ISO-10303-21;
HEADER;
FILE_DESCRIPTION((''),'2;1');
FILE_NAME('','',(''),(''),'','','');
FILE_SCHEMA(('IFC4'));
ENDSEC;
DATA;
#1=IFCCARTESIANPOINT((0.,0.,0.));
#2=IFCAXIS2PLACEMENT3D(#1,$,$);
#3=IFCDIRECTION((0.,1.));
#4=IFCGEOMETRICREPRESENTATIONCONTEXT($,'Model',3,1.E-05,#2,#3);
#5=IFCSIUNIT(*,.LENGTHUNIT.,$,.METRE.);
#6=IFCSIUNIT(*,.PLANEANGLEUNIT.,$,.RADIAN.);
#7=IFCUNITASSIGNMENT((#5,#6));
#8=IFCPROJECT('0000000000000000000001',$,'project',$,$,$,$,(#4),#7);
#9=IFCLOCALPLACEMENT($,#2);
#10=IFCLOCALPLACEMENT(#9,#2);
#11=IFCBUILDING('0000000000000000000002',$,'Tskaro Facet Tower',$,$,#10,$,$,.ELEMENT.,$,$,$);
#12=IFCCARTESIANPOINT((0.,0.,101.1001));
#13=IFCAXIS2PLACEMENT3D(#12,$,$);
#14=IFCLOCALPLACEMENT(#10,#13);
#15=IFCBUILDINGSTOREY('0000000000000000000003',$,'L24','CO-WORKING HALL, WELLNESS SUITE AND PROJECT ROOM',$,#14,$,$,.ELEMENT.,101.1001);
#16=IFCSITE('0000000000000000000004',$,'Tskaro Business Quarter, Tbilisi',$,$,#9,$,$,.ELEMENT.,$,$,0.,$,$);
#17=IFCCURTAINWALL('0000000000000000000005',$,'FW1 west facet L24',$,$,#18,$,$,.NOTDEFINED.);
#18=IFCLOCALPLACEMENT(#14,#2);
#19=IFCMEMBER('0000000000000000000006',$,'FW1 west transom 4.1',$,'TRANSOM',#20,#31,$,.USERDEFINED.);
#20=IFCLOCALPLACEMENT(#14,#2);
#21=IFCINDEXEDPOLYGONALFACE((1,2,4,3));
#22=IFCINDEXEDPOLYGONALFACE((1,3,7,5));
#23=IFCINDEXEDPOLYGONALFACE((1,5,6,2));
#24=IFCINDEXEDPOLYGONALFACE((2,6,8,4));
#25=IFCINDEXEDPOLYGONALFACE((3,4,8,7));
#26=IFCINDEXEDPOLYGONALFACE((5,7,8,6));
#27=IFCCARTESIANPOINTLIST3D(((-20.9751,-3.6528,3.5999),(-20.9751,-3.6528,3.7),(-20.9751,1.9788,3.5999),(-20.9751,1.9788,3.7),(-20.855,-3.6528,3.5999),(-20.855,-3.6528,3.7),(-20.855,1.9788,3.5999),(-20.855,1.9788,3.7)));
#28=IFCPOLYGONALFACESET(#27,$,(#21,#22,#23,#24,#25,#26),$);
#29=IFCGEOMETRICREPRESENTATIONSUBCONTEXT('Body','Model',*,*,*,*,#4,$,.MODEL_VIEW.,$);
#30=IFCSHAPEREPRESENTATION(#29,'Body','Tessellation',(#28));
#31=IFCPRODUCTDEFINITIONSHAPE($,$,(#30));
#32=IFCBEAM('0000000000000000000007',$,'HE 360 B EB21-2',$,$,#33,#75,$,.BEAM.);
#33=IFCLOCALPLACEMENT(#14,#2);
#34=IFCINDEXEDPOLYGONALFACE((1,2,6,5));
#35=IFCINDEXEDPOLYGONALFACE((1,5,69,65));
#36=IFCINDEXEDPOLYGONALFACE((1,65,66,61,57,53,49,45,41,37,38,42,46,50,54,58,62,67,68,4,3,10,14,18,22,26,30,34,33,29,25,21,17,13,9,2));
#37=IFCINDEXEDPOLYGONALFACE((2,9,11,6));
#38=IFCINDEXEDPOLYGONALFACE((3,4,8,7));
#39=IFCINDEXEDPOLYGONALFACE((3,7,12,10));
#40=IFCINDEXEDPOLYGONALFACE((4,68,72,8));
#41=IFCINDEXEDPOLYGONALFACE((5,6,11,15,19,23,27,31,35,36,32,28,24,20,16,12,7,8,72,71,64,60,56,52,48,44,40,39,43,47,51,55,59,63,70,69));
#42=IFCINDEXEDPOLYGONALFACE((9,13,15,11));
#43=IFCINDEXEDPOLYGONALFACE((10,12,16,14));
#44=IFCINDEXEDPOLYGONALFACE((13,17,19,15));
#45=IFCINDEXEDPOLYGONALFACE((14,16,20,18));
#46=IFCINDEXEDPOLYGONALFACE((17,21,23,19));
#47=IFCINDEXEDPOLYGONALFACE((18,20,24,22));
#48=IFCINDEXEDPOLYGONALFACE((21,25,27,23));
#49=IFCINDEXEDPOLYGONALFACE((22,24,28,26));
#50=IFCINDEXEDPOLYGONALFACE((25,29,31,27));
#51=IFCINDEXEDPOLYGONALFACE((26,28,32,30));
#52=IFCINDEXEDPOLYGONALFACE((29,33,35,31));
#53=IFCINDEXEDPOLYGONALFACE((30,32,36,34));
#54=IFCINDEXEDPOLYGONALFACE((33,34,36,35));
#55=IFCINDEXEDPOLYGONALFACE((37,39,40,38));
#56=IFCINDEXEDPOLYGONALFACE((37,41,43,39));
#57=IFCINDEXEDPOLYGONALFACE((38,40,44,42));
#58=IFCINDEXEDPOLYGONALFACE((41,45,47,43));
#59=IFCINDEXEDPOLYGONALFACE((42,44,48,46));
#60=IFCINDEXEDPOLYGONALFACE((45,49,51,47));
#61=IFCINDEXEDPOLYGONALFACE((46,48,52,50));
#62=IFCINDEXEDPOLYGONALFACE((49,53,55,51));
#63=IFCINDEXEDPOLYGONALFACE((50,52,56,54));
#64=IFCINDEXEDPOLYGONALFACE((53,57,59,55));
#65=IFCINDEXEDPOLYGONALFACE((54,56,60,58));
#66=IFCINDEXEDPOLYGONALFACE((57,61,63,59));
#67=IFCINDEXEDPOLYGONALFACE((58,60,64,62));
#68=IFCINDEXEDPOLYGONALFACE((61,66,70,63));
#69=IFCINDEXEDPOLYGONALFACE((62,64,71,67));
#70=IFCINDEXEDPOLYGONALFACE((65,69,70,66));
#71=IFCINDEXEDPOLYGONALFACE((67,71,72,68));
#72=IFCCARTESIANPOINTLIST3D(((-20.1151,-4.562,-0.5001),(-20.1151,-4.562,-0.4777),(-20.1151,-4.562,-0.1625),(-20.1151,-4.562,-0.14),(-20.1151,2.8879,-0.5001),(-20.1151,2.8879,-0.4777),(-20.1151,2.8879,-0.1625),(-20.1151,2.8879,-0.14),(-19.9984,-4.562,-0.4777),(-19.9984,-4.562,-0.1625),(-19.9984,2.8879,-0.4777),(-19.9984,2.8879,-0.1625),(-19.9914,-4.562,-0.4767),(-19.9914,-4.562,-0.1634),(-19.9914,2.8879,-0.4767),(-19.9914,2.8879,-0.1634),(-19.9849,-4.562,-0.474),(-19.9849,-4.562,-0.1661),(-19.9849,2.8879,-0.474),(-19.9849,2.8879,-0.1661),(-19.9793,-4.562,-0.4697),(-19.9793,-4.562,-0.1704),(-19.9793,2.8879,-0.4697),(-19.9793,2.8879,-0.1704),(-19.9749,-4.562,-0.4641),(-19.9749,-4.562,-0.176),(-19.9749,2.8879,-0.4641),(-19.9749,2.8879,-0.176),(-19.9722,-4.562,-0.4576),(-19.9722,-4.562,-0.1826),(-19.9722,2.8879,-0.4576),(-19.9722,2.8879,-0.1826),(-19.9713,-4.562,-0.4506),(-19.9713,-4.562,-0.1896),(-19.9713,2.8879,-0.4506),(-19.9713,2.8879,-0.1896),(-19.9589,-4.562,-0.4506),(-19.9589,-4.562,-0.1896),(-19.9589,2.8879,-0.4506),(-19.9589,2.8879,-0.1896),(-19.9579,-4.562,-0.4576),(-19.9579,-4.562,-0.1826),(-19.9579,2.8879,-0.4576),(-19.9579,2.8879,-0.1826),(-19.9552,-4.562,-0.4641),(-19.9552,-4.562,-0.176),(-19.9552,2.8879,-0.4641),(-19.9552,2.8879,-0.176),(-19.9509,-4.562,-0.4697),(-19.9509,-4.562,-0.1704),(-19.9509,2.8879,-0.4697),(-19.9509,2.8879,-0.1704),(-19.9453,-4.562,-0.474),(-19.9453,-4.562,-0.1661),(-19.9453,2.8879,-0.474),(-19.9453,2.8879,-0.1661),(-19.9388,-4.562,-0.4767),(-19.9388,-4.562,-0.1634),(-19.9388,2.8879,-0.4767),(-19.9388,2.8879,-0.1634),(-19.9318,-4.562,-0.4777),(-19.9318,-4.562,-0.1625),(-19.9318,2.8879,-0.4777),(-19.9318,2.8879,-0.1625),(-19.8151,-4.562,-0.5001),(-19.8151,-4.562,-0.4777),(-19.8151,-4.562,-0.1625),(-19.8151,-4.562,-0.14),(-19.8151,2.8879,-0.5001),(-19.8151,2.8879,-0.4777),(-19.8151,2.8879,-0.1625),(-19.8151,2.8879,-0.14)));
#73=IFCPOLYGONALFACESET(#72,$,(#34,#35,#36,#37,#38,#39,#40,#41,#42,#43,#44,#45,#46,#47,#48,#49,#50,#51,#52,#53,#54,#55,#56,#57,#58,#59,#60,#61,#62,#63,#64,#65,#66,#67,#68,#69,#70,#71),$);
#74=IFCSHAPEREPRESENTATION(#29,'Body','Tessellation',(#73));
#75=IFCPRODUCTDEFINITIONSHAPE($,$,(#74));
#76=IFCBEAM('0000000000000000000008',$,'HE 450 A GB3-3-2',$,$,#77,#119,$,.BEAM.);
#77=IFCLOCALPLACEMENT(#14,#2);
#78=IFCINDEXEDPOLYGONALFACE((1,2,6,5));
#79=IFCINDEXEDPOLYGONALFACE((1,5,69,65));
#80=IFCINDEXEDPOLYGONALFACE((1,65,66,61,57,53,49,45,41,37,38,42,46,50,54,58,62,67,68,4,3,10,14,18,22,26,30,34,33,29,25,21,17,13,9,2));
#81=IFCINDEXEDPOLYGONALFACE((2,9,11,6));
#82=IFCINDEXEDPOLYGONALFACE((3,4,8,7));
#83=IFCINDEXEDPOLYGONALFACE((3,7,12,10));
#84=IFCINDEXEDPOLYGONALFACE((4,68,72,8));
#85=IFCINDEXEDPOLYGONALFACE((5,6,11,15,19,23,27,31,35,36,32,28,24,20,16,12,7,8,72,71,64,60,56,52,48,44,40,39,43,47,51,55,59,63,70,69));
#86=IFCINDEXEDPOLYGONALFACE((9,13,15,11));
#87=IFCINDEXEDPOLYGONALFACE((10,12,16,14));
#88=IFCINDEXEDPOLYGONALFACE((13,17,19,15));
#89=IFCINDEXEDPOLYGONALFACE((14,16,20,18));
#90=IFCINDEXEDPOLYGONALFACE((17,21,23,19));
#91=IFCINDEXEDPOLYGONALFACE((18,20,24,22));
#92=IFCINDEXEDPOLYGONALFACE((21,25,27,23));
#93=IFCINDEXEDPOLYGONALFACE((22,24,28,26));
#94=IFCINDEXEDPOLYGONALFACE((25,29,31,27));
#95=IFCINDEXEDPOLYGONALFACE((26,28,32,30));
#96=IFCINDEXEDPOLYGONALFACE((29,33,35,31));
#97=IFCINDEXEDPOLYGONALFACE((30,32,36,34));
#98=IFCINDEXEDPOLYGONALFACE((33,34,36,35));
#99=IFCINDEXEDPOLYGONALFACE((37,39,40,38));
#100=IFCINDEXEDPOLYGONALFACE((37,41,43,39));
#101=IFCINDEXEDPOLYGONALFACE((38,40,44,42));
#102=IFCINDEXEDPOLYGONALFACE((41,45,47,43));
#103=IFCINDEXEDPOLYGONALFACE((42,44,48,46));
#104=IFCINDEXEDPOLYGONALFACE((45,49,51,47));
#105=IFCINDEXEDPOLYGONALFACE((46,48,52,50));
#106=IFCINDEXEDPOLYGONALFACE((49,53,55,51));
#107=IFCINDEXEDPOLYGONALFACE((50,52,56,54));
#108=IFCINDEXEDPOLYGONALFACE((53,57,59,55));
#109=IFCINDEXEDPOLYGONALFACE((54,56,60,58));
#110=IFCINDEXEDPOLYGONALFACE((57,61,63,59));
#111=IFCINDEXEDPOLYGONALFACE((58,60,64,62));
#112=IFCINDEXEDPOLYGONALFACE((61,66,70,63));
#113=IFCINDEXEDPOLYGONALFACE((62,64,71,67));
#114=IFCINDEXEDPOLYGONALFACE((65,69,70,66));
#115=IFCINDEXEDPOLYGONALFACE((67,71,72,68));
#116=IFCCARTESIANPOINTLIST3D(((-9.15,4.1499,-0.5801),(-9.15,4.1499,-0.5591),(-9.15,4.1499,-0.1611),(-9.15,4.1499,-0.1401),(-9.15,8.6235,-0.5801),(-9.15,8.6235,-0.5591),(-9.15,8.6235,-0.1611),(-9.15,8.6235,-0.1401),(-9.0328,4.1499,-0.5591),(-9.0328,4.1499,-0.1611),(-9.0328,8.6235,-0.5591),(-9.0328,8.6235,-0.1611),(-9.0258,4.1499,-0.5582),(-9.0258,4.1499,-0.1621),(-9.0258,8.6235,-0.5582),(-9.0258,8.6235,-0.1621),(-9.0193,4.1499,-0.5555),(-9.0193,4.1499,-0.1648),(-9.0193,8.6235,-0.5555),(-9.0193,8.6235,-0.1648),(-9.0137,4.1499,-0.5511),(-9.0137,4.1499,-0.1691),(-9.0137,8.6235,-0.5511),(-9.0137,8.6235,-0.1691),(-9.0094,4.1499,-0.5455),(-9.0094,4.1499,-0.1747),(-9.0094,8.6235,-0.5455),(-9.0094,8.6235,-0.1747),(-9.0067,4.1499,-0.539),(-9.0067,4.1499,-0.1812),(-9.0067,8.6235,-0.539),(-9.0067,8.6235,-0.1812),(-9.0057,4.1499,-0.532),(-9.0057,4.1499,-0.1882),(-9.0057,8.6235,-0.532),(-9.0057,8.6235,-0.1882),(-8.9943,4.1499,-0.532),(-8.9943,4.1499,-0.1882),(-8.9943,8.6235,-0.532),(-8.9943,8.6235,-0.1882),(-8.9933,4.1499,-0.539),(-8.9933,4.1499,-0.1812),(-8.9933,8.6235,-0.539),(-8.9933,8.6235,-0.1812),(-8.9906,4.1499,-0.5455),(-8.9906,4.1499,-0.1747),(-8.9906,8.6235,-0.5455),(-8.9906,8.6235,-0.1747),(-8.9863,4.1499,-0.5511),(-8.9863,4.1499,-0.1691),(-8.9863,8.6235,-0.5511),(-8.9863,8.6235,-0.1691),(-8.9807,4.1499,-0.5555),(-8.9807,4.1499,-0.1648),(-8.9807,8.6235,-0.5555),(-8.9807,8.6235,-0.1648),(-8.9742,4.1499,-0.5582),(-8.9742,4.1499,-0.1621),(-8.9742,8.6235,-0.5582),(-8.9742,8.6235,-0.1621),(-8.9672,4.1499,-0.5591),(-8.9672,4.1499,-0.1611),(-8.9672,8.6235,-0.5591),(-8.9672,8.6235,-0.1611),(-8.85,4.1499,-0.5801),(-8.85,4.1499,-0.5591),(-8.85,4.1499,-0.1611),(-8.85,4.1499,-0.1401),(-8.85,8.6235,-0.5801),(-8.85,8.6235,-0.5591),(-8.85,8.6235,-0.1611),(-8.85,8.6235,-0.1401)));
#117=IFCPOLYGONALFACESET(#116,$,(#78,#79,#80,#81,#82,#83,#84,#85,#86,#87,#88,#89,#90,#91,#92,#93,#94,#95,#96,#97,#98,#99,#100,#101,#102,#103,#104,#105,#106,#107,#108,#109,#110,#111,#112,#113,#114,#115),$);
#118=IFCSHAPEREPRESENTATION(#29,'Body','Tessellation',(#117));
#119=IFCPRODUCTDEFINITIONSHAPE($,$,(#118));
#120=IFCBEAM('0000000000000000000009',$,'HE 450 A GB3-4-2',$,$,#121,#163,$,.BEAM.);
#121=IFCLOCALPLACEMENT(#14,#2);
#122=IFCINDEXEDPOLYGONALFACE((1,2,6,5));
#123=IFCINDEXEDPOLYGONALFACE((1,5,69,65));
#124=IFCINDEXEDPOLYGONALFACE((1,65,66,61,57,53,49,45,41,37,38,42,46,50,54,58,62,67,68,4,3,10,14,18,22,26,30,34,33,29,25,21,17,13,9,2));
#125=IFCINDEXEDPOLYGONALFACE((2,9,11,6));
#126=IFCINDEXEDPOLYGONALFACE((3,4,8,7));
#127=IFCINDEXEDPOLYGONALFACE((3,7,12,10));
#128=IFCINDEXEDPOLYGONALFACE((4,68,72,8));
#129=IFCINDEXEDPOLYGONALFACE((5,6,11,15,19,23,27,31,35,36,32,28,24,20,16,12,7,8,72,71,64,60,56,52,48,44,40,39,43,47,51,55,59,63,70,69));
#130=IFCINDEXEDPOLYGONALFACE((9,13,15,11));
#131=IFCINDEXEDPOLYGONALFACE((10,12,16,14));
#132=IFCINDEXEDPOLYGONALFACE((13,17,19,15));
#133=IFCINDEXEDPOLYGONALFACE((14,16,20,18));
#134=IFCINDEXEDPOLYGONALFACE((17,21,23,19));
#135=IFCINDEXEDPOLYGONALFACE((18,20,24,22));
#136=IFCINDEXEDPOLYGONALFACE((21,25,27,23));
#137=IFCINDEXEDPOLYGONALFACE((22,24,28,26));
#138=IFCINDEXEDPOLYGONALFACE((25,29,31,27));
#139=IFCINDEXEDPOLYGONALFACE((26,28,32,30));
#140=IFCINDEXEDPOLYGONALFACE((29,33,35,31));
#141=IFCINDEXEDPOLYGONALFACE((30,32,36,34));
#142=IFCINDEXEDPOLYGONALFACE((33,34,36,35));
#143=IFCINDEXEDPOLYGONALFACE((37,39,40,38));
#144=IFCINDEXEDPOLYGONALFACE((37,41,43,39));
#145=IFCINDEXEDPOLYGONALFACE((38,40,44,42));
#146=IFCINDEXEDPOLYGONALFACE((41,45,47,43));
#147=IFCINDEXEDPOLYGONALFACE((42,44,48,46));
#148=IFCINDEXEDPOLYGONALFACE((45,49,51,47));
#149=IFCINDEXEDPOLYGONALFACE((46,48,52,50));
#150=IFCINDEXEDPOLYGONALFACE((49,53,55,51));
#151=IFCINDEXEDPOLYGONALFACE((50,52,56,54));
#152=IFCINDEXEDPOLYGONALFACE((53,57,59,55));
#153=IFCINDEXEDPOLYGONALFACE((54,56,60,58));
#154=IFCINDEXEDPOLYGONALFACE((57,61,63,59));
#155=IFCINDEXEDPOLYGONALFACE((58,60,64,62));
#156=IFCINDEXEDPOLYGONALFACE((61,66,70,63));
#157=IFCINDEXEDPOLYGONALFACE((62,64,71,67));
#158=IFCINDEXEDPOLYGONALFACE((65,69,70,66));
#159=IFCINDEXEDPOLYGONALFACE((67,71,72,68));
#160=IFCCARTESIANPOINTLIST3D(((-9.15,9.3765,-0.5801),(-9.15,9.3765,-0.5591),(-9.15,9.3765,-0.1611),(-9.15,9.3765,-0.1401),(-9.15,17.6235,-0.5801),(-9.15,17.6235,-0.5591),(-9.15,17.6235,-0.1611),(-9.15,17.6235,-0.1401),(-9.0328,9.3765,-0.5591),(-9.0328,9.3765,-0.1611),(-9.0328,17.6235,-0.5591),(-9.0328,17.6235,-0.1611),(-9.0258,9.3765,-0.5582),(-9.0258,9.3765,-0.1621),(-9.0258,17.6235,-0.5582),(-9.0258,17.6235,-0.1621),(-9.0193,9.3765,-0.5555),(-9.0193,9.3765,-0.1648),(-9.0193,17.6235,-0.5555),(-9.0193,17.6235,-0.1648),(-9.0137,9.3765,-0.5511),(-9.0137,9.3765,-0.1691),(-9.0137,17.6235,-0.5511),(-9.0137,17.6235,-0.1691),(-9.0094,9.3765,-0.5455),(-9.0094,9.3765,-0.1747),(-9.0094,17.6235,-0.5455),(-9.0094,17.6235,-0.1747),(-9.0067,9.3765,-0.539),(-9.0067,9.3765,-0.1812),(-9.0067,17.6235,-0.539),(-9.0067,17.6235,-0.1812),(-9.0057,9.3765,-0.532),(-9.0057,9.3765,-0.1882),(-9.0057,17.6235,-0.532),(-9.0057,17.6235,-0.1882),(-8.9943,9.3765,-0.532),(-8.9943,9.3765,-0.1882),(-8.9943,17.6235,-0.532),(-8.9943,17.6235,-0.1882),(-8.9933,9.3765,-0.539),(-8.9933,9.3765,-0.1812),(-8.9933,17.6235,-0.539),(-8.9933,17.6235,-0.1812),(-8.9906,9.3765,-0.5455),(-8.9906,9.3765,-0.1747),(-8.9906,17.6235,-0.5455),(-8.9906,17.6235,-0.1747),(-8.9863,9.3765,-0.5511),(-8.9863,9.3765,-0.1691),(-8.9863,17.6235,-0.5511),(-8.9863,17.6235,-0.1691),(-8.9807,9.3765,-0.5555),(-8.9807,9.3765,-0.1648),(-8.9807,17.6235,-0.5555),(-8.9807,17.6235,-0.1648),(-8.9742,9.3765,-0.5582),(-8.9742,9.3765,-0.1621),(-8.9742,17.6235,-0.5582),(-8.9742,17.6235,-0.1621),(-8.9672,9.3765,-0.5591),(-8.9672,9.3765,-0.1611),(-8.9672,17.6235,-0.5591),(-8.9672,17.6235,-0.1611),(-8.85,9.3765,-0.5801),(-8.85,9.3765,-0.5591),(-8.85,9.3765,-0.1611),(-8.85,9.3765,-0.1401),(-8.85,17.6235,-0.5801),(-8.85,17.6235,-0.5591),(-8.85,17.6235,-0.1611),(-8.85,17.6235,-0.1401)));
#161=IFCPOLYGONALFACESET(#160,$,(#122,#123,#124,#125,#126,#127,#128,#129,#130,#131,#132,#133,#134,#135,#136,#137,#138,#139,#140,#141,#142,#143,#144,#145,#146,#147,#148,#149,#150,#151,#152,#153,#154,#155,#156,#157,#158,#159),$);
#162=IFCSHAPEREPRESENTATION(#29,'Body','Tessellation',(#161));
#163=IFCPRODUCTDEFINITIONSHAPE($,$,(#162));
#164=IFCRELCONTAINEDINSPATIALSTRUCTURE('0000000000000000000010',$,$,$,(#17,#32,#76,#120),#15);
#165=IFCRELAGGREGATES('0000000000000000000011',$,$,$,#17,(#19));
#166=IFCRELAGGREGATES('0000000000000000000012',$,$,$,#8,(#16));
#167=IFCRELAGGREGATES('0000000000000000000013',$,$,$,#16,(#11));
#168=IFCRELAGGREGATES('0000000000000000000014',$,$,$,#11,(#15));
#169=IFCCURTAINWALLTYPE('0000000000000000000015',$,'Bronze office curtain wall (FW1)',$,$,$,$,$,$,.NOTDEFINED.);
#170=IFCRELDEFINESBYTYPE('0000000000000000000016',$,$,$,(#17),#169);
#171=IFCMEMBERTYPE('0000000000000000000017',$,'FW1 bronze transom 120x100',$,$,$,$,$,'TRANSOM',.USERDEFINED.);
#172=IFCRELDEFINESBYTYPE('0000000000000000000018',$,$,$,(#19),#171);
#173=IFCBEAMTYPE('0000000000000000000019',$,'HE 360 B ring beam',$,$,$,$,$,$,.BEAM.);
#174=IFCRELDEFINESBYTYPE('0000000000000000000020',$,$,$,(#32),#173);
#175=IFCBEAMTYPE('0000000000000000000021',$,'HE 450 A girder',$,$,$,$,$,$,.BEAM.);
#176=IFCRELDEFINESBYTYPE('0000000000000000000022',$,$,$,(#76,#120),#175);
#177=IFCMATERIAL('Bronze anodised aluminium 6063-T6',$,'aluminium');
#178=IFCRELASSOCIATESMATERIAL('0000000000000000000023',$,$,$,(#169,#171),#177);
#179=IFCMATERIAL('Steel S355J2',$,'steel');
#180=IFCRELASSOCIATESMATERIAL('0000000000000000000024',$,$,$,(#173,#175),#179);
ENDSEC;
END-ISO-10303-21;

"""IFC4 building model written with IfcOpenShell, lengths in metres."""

from ifc_helpers import new_model, si_unit, direction, frame, origin, origin_2d, place, context, subcontext, project, spatial, rectangle, i_section, extrude, material, material_profile, profile_set, type_object, element, aggregate, save


model = new_model("IFC4")

# Units and contexts
model_context = context("Model", 3, precision=1e-05, world=origin(), true_north=direction((0.0, 1.0)))
body_context = subcontext(model_context, "Body", "Model", "MODEL_VIEW")
ifc_project = project(units=[si_unit("LENGTHUNIT", "METRE"), si_unit("PLANEANGLEUNIT", "RADIAN")], contexts=[model_context])

# Site, building, storey
site_placement = place(None, origin())
site = spatial("IfcSite", under=ifc_project, at=site_placement, Name="Tskaro Business Quarter, Tbilisi", CompositionType="ELEMENT", RefElevation=0.0)
building_placement = place(site_placement, origin())
building = spatial("IfcBuilding", under=site, at=building_placement, Name="Tskaro Facet Tower", CompositionType="ELEMENT")
storey_placement = place(building_placement, frame((0.0, 0.0, 101.1001)))
storey = spatial("IfcBuildingStorey", under=building, at=storey_placement, Name="L24", Description="CO-WORKING HALL, WELLNESS SUITE AND PROJECT ROOM", CompositionType="ELEMENT", Elevation=101.1001)

# Curtain wall, member
ifc_material_1 = material(Name="Bronze anodised aluminium 6063-T6", Category="aluminium")
curtain_wall_type = type_object("IfcCurtainWallType", Name="Bronze office curtain wall (FW1)", PredefinedType="NOTDEFINED", material=ifc_material_1)
curtain_wall_placement = place(storey_placement, origin())
curtain_wall = element("IfcCurtainWall", 1, at=curtain_wall_placement, inside=storey, type_object=curtain_wall_type, Name="FW1 west facet L24", PredefinedType="NOTDEFINED")
ifc_material_profile_1 = material_profile(ifc_material_1, rectangle(XDim=0.1201, YDim=0.1001, at=origin_2d()), Name="Transom 120x100")
ifc_profile_set_1 = profile_set([ifc_material_profile_1], Name="Bronze anodised aluminium 6063-T6")
member_type_1 = type_object("IfcMemberType", Name="FW1 bronze transom 120x100", ElementType="TRANSOM", PredefinedType="USERDEFINED", material=ifc_profile_set_1)
member_1_placement = place(storey_placement, frame((-20.915, 1.9788, 3.6499), z_axis=(0.0, -1.0, 0.0), x_axis=(1.0, 0.0, 0.0)))
member_1 = element("IfcMember", 2, at=member_1_placement, type_object=member_type_1, Name="FW1 west transom 4.1", ObjectType="TRANSOM", PredefinedType="USERDEFINED", context=body_context, shape_type="SweptSolid", body=[
    extrude(rectangle(XDim=0.1201, YDim=0.1001, at=origin_2d()), origin(), (0.0, 0.0, 1.0), 5.6316),
])

# Beams
ifc_material_2 = material(Name="Steel S355J2", Category="steel")
ifc_material_profile_2 = material_profile(ifc_material_2, i_section(OverallWidth=0.3, OverallDepth=0.3601, WebThickness=0.0125, FlangeThickness=0.0225, FilletRadius=0.0271, at=origin_2d()), Name="HE 360 B")
ifc_profile_set_2 = profile_set([ifc_material_profile_2], Name="Steel S355J2")
beam_type_1 = type_object("IfcBeamType", Name="HE 360 B ring beam", PredefinedType="BEAM", material=ifc_profile_set_2)
beam_1_placement = place(storey_placement, frame((-19.9651, 2.8879, -0.3201), z_axis=(0.0, -1.0, 0.0), x_axis=(1.0, 0.0, 0.0)))
element("IfcBeam", 3, at=beam_1_placement, inside=storey, type_object=beam_type_1, Name="HE 360 B EB21-2", PredefinedType="BEAM", context=body_context, shape_type="SweptSolid", body=[
    extrude(i_section(OverallWidth=0.3, OverallDepth=0.3601, WebThickness=0.0125, FlangeThickness=0.0225, FilletRadius=0.0271, at=origin_2d()), origin(), (0.0, 0.0, 1.0), 7.45),
])
ifc_material_profile_3 = material_profile(ifc_material_2, i_section(OverallWidth=0.3, OverallDepth=0.4399, WebThickness=0.0115, FlangeThickness=0.021, FilletRadius=0.0271, at=origin_2d()), Name="HE 450 A")
ifc_profile_set_3 = profile_set([ifc_material_profile_3], Name="Steel S355J2")
beam_type_2 = type_object("IfcBeamType", Name="HE 450 A girder", PredefinedType="BEAM", material=ifc_profile_set_3)
beam_2_placement = place(storey_placement, frame((-9.0, 4.1499, -0.3601), z_axis=(0.0, 1.0, 0.0), x_axis=(-1.0, 0.0, 0.0)))
element("IfcBeam", 4, at=beam_2_placement, inside=storey, type_object=beam_type_2, Name="HE 450 A GB3-3-2", PredefinedType="BEAM", context=body_context, shape_type="SweptSolid", body=[
    extrude(i_section(OverallWidth=0.3, OverallDepth=0.4399, WebThickness=0.0115, FlangeThickness=0.021, FilletRadius=0.0271, at=origin_2d()), origin(), (0.0, 0.0, 1.0), 4.4736),
])
beam_3_placement = place(storey_placement, frame((-9.0, 9.3765, -0.3601), z_axis=(0.0, 1.0, 0.0), x_axis=(-1.0, 0.0, 0.0)))
element("IfcBeam", 5, at=beam_3_placement, inside=storey, type_object=beam_type_2, Name="HE 450 A GB3-4-2", PredefinedType="BEAM", context=body_context, shape_type="SweptSolid", body=[
    extrude(i_section(OverallWidth=0.3, OverallDepth=0.4399, WebThickness=0.0115, FlangeThickness=0.021, FilletRadius=0.0271, at=origin_2d()), origin(), (0.0, 0.0, 1.0), 8.2471),
])

aggregate(curtain_wall, [member_1])

save(model, "model.ifc")
